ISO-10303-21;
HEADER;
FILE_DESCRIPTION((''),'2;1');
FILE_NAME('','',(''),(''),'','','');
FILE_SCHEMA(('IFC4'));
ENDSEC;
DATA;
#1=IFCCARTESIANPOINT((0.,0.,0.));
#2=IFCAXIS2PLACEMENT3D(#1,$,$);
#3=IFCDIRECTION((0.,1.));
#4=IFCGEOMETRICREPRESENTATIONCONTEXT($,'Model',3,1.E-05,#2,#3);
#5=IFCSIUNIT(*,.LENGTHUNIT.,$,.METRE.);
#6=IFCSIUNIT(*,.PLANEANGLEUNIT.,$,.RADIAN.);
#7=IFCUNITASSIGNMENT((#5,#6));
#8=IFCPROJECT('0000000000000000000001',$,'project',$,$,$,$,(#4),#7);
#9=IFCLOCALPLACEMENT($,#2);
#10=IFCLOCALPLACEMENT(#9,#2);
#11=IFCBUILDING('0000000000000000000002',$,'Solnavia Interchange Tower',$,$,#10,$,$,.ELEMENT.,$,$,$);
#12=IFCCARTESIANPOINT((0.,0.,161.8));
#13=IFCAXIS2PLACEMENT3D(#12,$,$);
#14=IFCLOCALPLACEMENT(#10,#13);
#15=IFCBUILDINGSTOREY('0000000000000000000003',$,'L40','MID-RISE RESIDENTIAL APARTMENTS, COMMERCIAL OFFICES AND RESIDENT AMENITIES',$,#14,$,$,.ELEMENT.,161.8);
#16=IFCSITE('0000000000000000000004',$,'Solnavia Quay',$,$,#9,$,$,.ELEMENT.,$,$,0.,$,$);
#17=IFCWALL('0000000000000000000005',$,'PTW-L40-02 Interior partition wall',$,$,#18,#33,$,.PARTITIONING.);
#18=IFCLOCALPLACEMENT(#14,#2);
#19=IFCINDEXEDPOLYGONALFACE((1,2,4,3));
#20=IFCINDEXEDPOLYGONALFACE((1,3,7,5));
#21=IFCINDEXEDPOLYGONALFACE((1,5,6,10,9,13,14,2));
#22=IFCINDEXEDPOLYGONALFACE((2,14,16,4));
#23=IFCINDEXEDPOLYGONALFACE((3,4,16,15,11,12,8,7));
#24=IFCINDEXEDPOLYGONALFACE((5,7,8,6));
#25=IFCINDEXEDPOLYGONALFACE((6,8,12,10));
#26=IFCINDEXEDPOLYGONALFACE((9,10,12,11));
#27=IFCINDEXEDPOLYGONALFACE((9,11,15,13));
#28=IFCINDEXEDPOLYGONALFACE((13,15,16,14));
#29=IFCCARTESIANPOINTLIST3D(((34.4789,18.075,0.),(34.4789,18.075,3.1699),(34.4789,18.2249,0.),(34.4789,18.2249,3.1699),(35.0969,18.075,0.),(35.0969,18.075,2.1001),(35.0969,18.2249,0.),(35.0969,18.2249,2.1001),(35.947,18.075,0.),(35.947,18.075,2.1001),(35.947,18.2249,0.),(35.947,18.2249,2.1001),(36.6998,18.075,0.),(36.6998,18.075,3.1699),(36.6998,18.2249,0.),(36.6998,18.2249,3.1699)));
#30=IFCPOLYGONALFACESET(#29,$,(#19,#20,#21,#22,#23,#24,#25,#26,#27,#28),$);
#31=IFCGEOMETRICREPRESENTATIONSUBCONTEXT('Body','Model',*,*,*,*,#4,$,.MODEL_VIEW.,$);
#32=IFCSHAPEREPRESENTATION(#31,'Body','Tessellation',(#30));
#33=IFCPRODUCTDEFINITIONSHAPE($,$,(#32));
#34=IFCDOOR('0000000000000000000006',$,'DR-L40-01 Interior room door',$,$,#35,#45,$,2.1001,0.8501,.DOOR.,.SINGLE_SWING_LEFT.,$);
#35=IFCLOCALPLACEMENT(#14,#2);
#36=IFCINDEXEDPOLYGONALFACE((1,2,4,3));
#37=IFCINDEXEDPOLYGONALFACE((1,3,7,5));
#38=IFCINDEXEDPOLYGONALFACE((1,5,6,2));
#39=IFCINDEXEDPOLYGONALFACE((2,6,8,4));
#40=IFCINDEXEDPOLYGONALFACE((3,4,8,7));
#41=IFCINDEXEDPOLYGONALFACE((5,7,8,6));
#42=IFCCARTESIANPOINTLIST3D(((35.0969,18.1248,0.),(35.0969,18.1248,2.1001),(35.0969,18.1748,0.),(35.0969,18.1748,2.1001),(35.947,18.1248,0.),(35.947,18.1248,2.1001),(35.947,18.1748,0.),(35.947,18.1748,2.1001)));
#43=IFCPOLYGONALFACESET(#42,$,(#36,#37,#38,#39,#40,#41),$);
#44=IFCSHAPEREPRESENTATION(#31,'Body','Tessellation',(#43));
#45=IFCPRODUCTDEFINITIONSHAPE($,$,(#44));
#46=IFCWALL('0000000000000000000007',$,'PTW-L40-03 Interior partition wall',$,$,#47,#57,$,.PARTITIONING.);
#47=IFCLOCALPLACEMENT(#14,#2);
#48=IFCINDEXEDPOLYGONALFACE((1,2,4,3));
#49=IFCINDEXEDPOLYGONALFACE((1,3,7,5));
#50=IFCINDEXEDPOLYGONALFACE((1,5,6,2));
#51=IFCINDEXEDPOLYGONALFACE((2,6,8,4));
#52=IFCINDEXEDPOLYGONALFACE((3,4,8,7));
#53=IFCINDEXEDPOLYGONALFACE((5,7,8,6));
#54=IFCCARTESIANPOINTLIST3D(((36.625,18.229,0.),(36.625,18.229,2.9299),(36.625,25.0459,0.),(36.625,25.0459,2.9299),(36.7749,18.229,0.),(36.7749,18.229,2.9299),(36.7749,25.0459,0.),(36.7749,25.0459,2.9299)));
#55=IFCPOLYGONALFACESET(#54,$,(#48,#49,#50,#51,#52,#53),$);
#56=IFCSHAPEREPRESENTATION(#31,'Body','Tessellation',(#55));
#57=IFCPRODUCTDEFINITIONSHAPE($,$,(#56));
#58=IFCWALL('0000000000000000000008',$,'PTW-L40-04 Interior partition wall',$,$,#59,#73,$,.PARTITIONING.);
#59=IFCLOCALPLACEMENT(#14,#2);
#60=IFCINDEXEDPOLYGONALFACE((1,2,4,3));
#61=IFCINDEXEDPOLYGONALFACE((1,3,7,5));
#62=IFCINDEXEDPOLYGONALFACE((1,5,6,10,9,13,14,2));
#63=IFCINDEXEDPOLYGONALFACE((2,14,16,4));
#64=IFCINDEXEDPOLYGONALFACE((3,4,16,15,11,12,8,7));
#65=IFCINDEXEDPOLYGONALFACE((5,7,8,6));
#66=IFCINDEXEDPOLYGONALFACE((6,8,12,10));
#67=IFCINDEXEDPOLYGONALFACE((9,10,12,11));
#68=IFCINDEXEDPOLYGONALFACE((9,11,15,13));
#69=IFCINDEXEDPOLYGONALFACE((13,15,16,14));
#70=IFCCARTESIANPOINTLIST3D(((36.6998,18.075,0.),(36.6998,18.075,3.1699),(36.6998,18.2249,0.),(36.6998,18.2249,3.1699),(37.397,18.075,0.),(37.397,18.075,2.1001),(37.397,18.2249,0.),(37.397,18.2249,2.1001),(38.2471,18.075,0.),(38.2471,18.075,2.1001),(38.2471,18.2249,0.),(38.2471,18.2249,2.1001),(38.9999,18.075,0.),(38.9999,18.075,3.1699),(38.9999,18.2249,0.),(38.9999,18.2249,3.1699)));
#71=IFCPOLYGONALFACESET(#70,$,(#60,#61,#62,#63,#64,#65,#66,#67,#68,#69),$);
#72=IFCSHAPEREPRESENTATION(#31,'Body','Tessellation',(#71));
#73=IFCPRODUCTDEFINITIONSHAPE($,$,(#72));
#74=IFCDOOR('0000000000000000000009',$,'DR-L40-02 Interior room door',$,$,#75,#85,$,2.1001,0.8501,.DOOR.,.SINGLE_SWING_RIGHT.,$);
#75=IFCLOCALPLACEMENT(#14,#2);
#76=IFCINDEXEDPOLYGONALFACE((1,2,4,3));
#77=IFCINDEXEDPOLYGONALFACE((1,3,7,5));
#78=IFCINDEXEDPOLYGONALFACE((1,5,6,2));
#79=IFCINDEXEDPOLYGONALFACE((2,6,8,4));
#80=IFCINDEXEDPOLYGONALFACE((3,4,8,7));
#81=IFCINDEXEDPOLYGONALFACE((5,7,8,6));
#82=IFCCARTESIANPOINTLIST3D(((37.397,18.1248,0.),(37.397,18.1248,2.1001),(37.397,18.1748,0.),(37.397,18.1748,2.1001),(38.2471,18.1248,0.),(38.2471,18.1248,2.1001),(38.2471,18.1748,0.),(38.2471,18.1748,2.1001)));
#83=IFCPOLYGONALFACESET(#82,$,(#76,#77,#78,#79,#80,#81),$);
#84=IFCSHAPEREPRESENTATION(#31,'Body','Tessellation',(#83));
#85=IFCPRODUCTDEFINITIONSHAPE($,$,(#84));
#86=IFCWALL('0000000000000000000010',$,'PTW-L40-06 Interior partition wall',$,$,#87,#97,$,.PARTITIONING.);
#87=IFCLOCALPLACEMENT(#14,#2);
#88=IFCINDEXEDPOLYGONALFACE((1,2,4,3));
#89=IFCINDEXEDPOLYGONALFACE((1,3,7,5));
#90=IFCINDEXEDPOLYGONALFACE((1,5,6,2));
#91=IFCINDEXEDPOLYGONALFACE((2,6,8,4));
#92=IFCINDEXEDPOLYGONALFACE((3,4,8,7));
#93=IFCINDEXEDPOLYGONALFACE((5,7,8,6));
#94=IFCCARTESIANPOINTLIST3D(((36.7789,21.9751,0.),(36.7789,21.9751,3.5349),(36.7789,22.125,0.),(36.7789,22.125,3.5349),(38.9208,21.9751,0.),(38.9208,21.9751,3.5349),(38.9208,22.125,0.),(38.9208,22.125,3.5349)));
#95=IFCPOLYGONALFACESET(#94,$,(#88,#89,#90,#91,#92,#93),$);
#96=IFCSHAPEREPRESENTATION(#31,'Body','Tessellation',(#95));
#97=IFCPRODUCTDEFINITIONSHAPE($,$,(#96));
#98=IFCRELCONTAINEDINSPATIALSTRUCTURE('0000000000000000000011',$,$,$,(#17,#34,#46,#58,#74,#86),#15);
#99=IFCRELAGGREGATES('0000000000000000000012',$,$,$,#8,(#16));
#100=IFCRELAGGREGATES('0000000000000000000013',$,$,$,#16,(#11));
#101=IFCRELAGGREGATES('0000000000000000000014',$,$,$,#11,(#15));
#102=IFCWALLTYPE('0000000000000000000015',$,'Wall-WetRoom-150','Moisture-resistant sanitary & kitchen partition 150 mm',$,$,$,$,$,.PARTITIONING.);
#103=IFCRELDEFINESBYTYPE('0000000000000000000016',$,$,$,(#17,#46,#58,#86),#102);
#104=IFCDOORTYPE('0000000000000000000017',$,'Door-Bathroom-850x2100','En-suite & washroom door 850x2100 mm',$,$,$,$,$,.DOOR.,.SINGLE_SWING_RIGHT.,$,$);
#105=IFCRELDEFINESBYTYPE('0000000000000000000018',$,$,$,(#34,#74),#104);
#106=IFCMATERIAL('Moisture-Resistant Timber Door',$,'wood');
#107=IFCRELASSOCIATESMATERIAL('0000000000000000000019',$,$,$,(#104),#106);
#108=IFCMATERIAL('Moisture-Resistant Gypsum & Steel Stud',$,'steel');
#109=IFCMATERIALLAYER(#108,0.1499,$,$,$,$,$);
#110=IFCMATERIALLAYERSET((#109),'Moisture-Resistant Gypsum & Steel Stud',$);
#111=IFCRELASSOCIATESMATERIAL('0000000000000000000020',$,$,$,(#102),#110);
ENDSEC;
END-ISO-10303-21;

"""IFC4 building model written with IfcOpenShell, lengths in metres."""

from ifc_helpers import new_model, si_unit, direction, frame, frame_2d, origin, place, context, subcontext, project, spatial, rectangle, extrude, material, layer, layer_set, type_object, element, fill, save


model = new_model("IFC4")

# Units and contexts
model_context = context("Model", 3, precision=1e-05, world=origin(), true_north=direction((0.0, 1.0)))
body_context = subcontext(model_context, "Body", "Model", "MODEL_VIEW")
ifc_project = project(units=[si_unit("LENGTHUNIT", "METRE"), si_unit("PLANEANGLEUNIT", "RADIAN")], contexts=[model_context])

# Site, building, storey
site_placement = place(None, origin())
site = spatial("IfcSite", under=ifc_project, at=site_placement, Name="Solnavia Quay", CompositionType="ELEMENT", RefElevation=0.0)
building_placement = place(site_placement, origin())
building = spatial("IfcBuilding", under=site, at=building_placement, Name="Solnavia Interchange Tower", CompositionType="ELEMENT")
storey_placement = place(building_placement, frame((0.0, 0.0, 161.8)))
storey = spatial("IfcBuildingStorey", under=building, at=storey_placement, Name="L40", Description="MID-RISE RESIDENTIAL APARTMENTS, COMMERCIAL OFFICES AND RESIDENT AMENITIES", CompositionType="ELEMENT", Elevation=161.8)

# Shared definitions
ifc_material_1 = material(Name="Moisture-Resistant Timber Door", Category="wood")
door_type_1 = type_object("IfcDoorType", Name="Door-Bathroom-850x2100", Description="En-suite & washroom door 850x2100 mm", OperationType="SINGLE_SWING_RIGHT", PredefinedType="DOOR", material=ifc_material_1)

# Shared definitions
ifc_material_2 = material(Name="Moisture-Resistant Gypsum & Steel Stud", Category="steel")
ifc_layer_1 = layer(ifc_material_2, 0.1499)
ifc_layer_set_1 = layer_set([ifc_layer_1], Name="Moisture-Resistant Gypsum & Steel Stud")
wall_type_1 = type_object("IfcWallType", Name="Wall-WetRoom-150", Description="Moisture-resistant sanitary & kitchen partition 150 mm", PredefinedType="PARTITIONING", material=ifc_layer_set_1)

# Wall, opening, door
wall_1_placement = place(storey_placement, frame((34.479, 18.1499, 0.0), z_axis=(0.0, 0.0, 1.0), x_axis=(1.0, 0.0, 0.0)))
wall_1 = element("IfcWall", 1, at=wall_1_placement, inside=storey, type_object=wall_type_1, Name="PTW-L40-02 Interior partition wall", PredefinedType="PARTITIONING", context=body_context, shape_type="SweptSolid", body=[
    extrude(rectangle(XDim=2.2209, YDim=0.1499, at=frame_2d((1.1104, 0.0))), origin(), (0.0, 0.0, 1.0), 3.1699),
])
opening_1_placement = place(wall_1_placement, frame((0.6179, 0.0, 0.0)))
opening_1 = element("IfcOpeningElement", 2, at=opening_1_placement, cuts=wall_1, PredefinedType="OPENING", context=body_context, shape_type="SweptSolid", body=[
    extrude(rectangle(XDim=0.8501, YDim=2.1001, at=frame_2d((0.425, 1.05))), frame((0.0, 0.085, 0.0), z_axis=(0.0, -1.0, 0.0), x_axis=(1.0, 0.0, 0.0)), (0.0, 0.0, 1.0), 0.1699),
])
door_1_placement = place(opening_1_placement, origin())
door_1 = element("IfcDoor", 3, at=door_1_placement, inside=storey, type_object=door_type_1, Name="DR-L40-01 Interior room door", OperationType="SINGLE_SWING_LEFT", OverallHeight=2.1001, OverallWidth=0.8501, PredefinedType="DOOR", context=body_context, shape_type="SweptSolid", body=[
    extrude(rectangle(XDim=0.8501, YDim=2.1001, at=frame_2d((0.425, 1.05))), frame((0.0, 0.0249, 0.0), z_axis=(0.0, -1.0, 0.0), x_axis=(1.0, 0.0, 0.0)), (0.0, 0.0, 1.0), 0.05),
])
fill(opening_1, door_1)

# Wall
wall_2_placement = place(storey_placement, frame((36.7, 18.229, 0.0), z_axis=(0.0, 0.0, 1.0), x_axis=(0.0, 1.0, 0.0)))
element("IfcWall", 4, at=wall_2_placement, inside=storey, type_object=wall_type_1, Name="PTW-L40-03 Interior partition wall", PredefinedType="PARTITIONING", context=body_context, shape_type="SweptSolid", body=[
    extrude(rectangle(XDim=6.8169, YDim=0.1499, at=frame_2d((3.4084, 0.0))), origin(), (0.0, 0.0, 1.0), 2.9299),
])

# Wall, opening, door
wall_3_placement = place(storey_placement, frame((36.7, 18.1499, 0.0), z_axis=(0.0, 0.0, 1.0), x_axis=(1.0, 0.0, 0.0)))
wall_3 = element("IfcWall", 5, at=wall_3_placement, inside=storey, type_object=wall_type_1, Name="PTW-L40-04 Interior partition wall", PredefinedType="PARTITIONING", context=body_context, shape_type="SweptSolid", body=[
    extrude(rectangle(XDim=2.3, YDim=0.1499, at=frame_2d((1.1499, 0.0))), origin(), (0.0, 0.0, 1.0), 3.1699),
])
opening_2_placement = place(wall_3_placement, frame((0.697, 0.0, 0.0)))
opening_2 = element("IfcOpeningElement", 6, at=opening_2_placement, cuts=wall_3, PredefinedType="OPENING", context=body_context, shape_type="SweptSolid", body=[
    extrude(rectangle(XDim=0.8501, YDim=2.1001, at=frame_2d((0.425, 1.05))), frame((0.0, 0.085, 0.0), z_axis=(0.0, -1.0, 0.0), x_axis=(1.0, 0.0, 0.0)), (0.0, 0.0, 1.0), 0.1699),
])
door_2_placement = place(opening_2_placement, origin())
door_2 = element("IfcDoor", 7, at=door_2_placement, inside=storey, type_object=door_type_1, Name="DR-L40-02 Interior room door", OperationType="SINGLE_SWING_RIGHT", OverallHeight=2.1001, OverallWidth=0.8501, PredefinedType="DOOR", context=body_context, shape_type="SweptSolid", body=[
    extrude(rectangle(XDim=0.8501, YDim=2.1001, at=frame_2d((0.425, 1.05))), frame((0.0, 0.0249, 0.0), z_axis=(0.0, -1.0, 0.0), x_axis=(1.0, 0.0, 0.0)), (0.0, 0.0, 1.0), 0.05),
])
fill(opening_2, door_2)

# Wall
wall_4_placement = place(storey_placement, frame((36.7791, 22.05, 0.0), z_axis=(0.0, 0.0, 1.0), x_axis=(1.0, 0.0, 0.0)))
element("IfcWall", 8, at=wall_4_placement, inside=storey, type_object=wall_type_1, Name="PTW-L40-06 Interior partition wall", PredefinedType="PARTITIONING", context=body_context, shape_type="SweptSolid", body=[
    extrude(rectangle(XDim=2.1418, YDim=0.1499, at=frame_2d((1.0708, 0.0))), origin(), (0.0, 0.0, 1.0), 3.5349),
])

save(model, "model.ifc")
